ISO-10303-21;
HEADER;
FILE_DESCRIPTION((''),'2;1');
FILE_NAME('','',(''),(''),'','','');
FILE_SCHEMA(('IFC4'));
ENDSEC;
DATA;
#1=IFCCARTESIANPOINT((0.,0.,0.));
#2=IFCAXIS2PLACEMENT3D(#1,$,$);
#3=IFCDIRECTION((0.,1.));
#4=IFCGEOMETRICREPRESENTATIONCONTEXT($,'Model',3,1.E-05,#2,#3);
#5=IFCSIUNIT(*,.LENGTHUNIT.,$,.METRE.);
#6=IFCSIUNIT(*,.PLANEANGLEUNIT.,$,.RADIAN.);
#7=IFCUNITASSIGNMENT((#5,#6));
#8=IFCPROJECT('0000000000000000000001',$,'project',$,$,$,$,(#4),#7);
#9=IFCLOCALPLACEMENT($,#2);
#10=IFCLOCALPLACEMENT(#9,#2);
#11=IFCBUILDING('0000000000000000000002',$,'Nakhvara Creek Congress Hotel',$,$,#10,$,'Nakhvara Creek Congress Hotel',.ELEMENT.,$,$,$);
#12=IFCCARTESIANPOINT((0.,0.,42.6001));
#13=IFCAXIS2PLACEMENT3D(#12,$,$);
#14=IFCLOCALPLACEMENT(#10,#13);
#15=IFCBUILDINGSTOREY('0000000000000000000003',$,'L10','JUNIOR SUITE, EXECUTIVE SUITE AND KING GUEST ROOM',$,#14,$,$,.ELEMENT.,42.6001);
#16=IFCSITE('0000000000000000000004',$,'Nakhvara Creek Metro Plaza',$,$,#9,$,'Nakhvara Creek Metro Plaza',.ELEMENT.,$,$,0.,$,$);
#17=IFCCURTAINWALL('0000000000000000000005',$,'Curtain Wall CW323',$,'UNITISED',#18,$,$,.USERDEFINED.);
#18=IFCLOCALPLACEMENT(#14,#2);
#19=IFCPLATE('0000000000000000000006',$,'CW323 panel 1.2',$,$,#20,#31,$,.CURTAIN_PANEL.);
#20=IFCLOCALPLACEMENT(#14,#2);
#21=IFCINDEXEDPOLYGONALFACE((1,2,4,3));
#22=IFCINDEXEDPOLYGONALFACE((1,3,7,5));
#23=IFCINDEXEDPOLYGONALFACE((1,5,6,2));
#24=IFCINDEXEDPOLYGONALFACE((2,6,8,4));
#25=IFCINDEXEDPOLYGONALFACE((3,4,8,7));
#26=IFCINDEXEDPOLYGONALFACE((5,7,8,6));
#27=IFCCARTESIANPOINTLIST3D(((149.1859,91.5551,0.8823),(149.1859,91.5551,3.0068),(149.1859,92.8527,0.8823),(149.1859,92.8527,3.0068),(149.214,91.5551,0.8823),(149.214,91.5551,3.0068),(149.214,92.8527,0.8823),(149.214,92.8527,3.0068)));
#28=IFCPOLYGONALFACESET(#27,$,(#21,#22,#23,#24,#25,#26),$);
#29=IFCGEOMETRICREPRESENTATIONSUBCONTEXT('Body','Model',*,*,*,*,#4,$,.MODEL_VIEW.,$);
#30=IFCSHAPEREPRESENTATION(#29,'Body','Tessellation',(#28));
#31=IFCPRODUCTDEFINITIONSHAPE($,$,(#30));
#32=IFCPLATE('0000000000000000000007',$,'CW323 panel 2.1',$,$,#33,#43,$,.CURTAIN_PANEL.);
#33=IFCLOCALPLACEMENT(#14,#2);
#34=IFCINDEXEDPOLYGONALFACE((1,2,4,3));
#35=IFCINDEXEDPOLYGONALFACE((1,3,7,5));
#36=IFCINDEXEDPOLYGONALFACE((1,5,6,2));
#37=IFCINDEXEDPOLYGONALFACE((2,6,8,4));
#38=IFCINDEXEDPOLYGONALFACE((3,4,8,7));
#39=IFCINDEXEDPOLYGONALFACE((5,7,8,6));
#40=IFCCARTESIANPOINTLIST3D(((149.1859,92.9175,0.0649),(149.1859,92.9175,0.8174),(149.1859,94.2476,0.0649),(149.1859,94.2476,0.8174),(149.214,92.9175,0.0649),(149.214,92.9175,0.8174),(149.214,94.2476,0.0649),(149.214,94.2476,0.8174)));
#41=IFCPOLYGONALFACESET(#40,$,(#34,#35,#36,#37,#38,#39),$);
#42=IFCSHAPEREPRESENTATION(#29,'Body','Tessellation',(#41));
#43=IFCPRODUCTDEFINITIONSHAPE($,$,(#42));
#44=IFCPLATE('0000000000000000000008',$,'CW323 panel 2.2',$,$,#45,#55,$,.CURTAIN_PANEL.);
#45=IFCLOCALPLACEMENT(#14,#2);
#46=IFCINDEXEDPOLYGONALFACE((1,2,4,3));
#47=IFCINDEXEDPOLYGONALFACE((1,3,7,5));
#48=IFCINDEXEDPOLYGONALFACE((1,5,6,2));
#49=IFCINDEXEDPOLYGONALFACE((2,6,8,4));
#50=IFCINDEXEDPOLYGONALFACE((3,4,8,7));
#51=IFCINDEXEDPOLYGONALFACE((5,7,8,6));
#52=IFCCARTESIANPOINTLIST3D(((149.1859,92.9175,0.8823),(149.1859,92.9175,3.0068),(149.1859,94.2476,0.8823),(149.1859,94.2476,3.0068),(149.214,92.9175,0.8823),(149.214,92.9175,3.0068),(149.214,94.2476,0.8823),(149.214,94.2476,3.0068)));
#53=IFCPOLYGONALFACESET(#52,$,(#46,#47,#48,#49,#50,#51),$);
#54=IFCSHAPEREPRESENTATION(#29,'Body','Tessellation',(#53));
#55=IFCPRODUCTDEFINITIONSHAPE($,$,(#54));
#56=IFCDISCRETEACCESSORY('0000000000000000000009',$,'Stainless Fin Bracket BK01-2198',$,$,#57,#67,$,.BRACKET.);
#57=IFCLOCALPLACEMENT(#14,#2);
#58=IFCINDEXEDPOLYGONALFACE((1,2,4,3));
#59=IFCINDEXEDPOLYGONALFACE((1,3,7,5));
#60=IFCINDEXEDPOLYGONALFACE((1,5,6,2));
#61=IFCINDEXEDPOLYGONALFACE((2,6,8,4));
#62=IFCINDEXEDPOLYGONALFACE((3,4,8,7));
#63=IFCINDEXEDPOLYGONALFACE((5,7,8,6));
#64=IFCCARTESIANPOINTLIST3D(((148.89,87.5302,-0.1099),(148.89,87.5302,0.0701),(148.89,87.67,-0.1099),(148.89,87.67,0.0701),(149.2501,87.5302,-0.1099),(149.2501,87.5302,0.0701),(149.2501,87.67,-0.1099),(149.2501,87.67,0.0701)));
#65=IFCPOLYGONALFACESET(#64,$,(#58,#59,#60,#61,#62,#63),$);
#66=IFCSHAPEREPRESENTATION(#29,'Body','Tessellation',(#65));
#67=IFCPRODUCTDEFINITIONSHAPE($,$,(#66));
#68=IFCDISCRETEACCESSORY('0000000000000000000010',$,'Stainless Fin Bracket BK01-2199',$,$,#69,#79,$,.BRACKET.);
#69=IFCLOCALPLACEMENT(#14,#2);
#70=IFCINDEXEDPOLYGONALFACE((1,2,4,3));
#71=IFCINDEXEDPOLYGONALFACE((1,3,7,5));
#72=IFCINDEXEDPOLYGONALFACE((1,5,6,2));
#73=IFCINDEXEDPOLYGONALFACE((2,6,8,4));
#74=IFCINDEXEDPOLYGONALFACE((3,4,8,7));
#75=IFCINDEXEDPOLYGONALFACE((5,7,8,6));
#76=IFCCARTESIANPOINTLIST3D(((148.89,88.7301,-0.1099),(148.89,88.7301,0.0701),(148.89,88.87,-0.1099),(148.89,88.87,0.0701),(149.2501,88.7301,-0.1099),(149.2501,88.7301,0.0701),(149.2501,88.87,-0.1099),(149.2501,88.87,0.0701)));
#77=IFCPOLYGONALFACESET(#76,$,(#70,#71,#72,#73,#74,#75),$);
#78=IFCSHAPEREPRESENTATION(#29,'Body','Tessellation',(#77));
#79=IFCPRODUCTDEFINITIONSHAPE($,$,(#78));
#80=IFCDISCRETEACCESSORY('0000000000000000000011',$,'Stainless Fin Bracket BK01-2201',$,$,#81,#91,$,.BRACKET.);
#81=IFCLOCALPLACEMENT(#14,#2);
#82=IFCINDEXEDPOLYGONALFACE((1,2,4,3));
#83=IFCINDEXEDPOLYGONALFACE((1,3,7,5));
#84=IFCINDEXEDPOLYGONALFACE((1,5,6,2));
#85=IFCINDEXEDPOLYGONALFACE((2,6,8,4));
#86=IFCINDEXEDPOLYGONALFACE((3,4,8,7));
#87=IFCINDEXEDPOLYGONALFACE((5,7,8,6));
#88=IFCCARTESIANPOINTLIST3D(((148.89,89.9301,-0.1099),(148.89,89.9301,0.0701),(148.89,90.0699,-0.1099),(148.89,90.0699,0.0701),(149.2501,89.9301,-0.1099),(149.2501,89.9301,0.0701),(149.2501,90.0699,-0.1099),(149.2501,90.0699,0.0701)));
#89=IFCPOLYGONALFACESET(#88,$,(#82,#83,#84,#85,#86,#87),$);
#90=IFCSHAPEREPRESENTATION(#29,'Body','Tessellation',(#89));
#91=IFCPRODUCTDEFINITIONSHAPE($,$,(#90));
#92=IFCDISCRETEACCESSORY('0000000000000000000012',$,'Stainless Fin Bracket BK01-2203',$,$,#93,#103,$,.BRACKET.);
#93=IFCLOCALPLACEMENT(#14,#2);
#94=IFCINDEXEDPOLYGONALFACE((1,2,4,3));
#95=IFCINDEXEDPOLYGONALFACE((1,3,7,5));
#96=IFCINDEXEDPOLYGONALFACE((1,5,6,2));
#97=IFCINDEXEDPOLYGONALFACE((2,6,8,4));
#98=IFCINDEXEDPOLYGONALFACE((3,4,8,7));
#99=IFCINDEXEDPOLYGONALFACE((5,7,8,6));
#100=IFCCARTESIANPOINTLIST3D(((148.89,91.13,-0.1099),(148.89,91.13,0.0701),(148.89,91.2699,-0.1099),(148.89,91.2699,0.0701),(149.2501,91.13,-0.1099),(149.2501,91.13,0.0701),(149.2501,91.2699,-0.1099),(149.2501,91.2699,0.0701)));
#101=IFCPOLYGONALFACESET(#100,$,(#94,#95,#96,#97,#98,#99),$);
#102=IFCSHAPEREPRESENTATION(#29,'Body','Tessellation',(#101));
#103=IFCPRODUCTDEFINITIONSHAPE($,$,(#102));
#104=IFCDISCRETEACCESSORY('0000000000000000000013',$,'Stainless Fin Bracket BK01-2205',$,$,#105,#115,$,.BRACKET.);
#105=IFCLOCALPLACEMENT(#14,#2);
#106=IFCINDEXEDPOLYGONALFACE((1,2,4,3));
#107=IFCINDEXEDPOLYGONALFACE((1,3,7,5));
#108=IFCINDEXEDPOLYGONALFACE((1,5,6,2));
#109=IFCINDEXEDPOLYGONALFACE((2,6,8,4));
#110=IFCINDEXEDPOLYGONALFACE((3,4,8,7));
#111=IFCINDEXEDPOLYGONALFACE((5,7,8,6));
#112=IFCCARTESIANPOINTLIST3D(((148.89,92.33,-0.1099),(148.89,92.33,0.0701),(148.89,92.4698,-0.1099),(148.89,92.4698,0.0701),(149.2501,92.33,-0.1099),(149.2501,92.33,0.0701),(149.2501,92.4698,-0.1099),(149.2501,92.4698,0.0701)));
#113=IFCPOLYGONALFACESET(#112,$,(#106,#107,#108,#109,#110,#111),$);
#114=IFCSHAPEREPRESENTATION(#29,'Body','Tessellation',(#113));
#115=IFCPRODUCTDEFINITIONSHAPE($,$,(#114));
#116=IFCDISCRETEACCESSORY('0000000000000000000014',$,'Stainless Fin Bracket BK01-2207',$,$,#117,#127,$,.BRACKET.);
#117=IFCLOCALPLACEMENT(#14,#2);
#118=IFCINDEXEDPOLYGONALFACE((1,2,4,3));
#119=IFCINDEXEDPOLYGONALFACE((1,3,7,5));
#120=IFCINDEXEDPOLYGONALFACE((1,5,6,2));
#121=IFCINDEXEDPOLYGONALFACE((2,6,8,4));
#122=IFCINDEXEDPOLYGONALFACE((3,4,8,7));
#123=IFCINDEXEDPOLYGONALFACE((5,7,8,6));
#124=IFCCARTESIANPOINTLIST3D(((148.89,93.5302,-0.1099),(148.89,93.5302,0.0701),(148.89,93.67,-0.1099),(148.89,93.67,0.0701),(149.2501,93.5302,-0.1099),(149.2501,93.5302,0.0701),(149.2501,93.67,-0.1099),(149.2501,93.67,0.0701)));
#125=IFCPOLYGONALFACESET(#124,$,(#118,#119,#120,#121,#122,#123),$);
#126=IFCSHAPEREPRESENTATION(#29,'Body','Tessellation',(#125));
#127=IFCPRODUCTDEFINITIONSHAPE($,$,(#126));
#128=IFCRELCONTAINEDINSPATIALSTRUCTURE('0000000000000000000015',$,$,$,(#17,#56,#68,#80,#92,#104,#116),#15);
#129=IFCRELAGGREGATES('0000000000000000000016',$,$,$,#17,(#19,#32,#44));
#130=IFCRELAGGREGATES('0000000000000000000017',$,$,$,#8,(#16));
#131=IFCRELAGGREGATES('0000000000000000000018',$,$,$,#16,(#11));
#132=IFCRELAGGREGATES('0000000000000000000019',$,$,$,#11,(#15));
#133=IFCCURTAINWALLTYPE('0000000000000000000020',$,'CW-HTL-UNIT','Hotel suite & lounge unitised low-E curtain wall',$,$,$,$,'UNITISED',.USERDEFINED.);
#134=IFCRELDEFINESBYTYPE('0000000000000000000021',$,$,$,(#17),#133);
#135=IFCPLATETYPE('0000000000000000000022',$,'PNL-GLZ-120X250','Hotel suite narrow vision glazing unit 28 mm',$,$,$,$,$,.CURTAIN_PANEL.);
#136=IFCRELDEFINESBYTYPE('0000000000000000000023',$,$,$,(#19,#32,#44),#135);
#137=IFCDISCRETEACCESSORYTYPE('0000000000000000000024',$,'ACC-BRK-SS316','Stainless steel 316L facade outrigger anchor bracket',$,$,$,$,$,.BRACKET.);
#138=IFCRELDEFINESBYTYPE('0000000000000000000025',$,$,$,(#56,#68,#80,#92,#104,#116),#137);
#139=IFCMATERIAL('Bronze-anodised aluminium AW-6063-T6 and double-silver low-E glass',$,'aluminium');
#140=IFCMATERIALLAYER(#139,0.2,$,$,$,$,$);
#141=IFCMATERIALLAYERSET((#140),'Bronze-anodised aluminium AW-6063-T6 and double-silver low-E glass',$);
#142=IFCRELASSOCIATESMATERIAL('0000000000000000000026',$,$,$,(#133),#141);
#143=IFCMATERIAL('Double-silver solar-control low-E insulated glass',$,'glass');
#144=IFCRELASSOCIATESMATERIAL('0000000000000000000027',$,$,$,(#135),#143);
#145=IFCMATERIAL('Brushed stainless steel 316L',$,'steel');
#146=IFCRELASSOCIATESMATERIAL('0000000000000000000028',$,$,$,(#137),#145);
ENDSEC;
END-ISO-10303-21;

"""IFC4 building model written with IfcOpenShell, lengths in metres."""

from ifc_helpers import new_model, si_unit, direction, frame, origin, origin_2d, place, context, subcontext, project, spatial, rectangle, extrude, material, layer, layer_set, type_object, element, aggregate, save


model = new_model("IFC4")

# Units and contexts
model_context = context("Model", 3, precision=1e-05, world=origin(), true_north=direction((0.0, 1.0)))
body_context = subcontext(model_context, "Body", "Model", "MODEL_VIEW")
ifc_project = project(units=[si_unit("LENGTHUNIT", "METRE"), si_unit("PLANEANGLEUNIT", "RADIAN")], contexts=[model_context])

# Site, building, storey
site_placement = place(None, origin())
site = spatial("IfcSite", under=ifc_project, at=site_placement, Name="Nakhvara Creek Metro Plaza", LongName="Nakhvara Creek Metro Plaza", CompositionType="ELEMENT", RefElevation=0.0)
building_placement = place(site_placement, origin())
building = spatial("IfcBuilding", under=site, at=building_placement, Name="Nakhvara Creek Congress Hotel", LongName="Nakhvara Creek Congress Hotel", CompositionType="ELEMENT")
storey_placement = place(building_placement, frame((0.0, 0.0, 42.6001)))
storey = spatial("IfcBuildingStorey", under=building, at=storey_placement, Name="L10", Description="JUNIOR SUITE, EXECUTIVE SUITE AND KING GUEST ROOM", CompositionType="ELEMENT", Elevation=42.6001)

# Curtain wall
ifc_material_1 = material(Name="Bronze-anodised aluminium AW-6063-T6 and double-silver low-E glass", Category="aluminium")
ifc_layer = layer(ifc_material_1, 0.2)
ifc_layer_set = layer_set([ifc_layer], Name="Bronze-anodised aluminium AW-6063-T6 and double-silver low-E glass")
curtain_wall_type = type_object("IfcCurtainWallType", Name="CW-HTL-UNIT", Description="Hotel suite & lounge unitised low-E curtain wall", ElementType="UNITISED", PredefinedType="USERDEFINED", material=ifc_layer_set)
curtain_wall_1_placement = place(storey_placement, origin())
curtain_wall_1 = element("IfcCurtainWall", 1, at=curtain_wall_1_placement, inside=storey, type_object=curtain_wall_type, Name="Curtain Wall CW323", ObjectType="UNITISED", PredefinedType="USERDEFINED")

# Plates
ifc_material_2 = material(Name="Double-silver solar-control low-E insulated glass", Category="glass")
plate_type = type_object("IfcPlateType", Name="PNL-GLZ-120X250", Description="Hotel suite narrow vision glazing unit 28 mm", PredefinedType="CURTAIN_PANEL", material=ifc_material_2)
plate_1_placement = place(storey_placement, frame((149.2, 92.2039, 0.8823), z_axis=(0.0, 0.0, 1.0), x_axis=(0.0, 1.0, 0.0)))
plate_1 = element("IfcPlate", 2, at=plate_1_placement, type_object=plate_type, Name="CW323 panel 1.2", PredefinedType="CURTAIN_PANEL", context=body_context, shape_type="SweptSolid", body=[
    extrude(rectangle(XDim=1.2976, YDim=0.0281, at=origin_2d()), origin(), (0.0, 0.0, 1.0), 2.1245),
])
plate_2_placement = place(storey_placement, frame((149.2, 93.5825, 0.0649), z_axis=(0.0, 0.0, 1.0), x_axis=(0.0, 1.0, 0.0)))
plate_2 = element("IfcPlate", 3, at=plate_2_placement, type_object=plate_type, Name="CW323 panel 2.1", PredefinedType="CURTAIN_PANEL", context=body_context, shape_type="SweptSolid", body=[
    extrude(rectangle(XDim=1.3301, YDim=0.0281, at=origin_2d()), origin(), (0.0, 0.0, 1.0), 0.7524),
])
plate_3_placement = place(storey_placement, frame((149.2, 93.5825, 0.8823), z_axis=(0.0, 0.0, 1.0), x_axis=(0.0, 1.0, 0.0)))
plate_3 = element("IfcPlate", 4, at=plate_3_placement, type_object=plate_type, Name="CW323 panel 2.2", PredefinedType="CURTAIN_PANEL", context=body_context, shape_type="SweptSolid", body=[
    extrude(rectangle(XDim=1.3301, YDim=0.0281, at=origin_2d()), origin(), (0.0, 0.0, 1.0), 2.1245),
])
aggregate(curtain_wall_1, [plate_1, plate_2, plate_3])

# Discrete accessories
ifc_material_3 = material(Name="Brushed stainless steel 316L", Category="steel")
discrete_accessory_type = type_object("IfcDiscreteAccessoryType", Name="ACC-BRK-SS316", Description="Stainless steel 316L facade outrigger anchor bracket", PredefinedType="BRACKET", material=ifc_material_3)
for number, where, z_axis, x_axis, name in (
    (5, (149.0701, 87.6001, -0.1099), (0.0, 0.0, 1.0), (0.0, 1.0, 0.0), "Stainless Fin Bracket BK01-2198"),
    (6, (149.0701, 88.8, -0.1099), (0.0, 0.0, 1.0), (0.0, 1.0, 0.0), "Stainless Fin Bracket BK01-2199"),
    (7, (149.0701, 90.0, -0.1099), (0.0, 0.0, 1.0), (0.0, 1.0, 0.0), "Stainless Fin Bracket BK01-2201"),
    (8, (149.0701, 91.2, -0.1099), (0.0, 0.0, 1.0), (0.0, 1.0, 0.0), "Stainless Fin Bracket BK01-2203"),
    (9, (149.0701, 92.3999, -0.1099), (0.0, 0.0, 1.0), (0.0, 1.0, 0.0), "Stainless Fin Bracket BK01-2205"),
    (10, (149.0701, 93.6001, -0.1099), (0.0, 0.0, 1.0), (0.0, 1.0, 0.0), "Stainless Fin Bracket BK01-2207"),
):
    element("IfcDiscreteAccessory", number, at=place(storey_placement, frame(where, z_axis=z_axis, x_axis=x_axis)), inside=storey, type_object=discrete_accessory_type, Name=name, PredefinedType="BRACKET", context=body_context, shape_type="SweptSolid", body=[
        extrude(rectangle(XDim=0.1399, YDim=0.3601, at=origin_2d()), origin(), (0.0, 0.0, 1.0), 0.1799),
    ])

save(model, "model.ifc")
